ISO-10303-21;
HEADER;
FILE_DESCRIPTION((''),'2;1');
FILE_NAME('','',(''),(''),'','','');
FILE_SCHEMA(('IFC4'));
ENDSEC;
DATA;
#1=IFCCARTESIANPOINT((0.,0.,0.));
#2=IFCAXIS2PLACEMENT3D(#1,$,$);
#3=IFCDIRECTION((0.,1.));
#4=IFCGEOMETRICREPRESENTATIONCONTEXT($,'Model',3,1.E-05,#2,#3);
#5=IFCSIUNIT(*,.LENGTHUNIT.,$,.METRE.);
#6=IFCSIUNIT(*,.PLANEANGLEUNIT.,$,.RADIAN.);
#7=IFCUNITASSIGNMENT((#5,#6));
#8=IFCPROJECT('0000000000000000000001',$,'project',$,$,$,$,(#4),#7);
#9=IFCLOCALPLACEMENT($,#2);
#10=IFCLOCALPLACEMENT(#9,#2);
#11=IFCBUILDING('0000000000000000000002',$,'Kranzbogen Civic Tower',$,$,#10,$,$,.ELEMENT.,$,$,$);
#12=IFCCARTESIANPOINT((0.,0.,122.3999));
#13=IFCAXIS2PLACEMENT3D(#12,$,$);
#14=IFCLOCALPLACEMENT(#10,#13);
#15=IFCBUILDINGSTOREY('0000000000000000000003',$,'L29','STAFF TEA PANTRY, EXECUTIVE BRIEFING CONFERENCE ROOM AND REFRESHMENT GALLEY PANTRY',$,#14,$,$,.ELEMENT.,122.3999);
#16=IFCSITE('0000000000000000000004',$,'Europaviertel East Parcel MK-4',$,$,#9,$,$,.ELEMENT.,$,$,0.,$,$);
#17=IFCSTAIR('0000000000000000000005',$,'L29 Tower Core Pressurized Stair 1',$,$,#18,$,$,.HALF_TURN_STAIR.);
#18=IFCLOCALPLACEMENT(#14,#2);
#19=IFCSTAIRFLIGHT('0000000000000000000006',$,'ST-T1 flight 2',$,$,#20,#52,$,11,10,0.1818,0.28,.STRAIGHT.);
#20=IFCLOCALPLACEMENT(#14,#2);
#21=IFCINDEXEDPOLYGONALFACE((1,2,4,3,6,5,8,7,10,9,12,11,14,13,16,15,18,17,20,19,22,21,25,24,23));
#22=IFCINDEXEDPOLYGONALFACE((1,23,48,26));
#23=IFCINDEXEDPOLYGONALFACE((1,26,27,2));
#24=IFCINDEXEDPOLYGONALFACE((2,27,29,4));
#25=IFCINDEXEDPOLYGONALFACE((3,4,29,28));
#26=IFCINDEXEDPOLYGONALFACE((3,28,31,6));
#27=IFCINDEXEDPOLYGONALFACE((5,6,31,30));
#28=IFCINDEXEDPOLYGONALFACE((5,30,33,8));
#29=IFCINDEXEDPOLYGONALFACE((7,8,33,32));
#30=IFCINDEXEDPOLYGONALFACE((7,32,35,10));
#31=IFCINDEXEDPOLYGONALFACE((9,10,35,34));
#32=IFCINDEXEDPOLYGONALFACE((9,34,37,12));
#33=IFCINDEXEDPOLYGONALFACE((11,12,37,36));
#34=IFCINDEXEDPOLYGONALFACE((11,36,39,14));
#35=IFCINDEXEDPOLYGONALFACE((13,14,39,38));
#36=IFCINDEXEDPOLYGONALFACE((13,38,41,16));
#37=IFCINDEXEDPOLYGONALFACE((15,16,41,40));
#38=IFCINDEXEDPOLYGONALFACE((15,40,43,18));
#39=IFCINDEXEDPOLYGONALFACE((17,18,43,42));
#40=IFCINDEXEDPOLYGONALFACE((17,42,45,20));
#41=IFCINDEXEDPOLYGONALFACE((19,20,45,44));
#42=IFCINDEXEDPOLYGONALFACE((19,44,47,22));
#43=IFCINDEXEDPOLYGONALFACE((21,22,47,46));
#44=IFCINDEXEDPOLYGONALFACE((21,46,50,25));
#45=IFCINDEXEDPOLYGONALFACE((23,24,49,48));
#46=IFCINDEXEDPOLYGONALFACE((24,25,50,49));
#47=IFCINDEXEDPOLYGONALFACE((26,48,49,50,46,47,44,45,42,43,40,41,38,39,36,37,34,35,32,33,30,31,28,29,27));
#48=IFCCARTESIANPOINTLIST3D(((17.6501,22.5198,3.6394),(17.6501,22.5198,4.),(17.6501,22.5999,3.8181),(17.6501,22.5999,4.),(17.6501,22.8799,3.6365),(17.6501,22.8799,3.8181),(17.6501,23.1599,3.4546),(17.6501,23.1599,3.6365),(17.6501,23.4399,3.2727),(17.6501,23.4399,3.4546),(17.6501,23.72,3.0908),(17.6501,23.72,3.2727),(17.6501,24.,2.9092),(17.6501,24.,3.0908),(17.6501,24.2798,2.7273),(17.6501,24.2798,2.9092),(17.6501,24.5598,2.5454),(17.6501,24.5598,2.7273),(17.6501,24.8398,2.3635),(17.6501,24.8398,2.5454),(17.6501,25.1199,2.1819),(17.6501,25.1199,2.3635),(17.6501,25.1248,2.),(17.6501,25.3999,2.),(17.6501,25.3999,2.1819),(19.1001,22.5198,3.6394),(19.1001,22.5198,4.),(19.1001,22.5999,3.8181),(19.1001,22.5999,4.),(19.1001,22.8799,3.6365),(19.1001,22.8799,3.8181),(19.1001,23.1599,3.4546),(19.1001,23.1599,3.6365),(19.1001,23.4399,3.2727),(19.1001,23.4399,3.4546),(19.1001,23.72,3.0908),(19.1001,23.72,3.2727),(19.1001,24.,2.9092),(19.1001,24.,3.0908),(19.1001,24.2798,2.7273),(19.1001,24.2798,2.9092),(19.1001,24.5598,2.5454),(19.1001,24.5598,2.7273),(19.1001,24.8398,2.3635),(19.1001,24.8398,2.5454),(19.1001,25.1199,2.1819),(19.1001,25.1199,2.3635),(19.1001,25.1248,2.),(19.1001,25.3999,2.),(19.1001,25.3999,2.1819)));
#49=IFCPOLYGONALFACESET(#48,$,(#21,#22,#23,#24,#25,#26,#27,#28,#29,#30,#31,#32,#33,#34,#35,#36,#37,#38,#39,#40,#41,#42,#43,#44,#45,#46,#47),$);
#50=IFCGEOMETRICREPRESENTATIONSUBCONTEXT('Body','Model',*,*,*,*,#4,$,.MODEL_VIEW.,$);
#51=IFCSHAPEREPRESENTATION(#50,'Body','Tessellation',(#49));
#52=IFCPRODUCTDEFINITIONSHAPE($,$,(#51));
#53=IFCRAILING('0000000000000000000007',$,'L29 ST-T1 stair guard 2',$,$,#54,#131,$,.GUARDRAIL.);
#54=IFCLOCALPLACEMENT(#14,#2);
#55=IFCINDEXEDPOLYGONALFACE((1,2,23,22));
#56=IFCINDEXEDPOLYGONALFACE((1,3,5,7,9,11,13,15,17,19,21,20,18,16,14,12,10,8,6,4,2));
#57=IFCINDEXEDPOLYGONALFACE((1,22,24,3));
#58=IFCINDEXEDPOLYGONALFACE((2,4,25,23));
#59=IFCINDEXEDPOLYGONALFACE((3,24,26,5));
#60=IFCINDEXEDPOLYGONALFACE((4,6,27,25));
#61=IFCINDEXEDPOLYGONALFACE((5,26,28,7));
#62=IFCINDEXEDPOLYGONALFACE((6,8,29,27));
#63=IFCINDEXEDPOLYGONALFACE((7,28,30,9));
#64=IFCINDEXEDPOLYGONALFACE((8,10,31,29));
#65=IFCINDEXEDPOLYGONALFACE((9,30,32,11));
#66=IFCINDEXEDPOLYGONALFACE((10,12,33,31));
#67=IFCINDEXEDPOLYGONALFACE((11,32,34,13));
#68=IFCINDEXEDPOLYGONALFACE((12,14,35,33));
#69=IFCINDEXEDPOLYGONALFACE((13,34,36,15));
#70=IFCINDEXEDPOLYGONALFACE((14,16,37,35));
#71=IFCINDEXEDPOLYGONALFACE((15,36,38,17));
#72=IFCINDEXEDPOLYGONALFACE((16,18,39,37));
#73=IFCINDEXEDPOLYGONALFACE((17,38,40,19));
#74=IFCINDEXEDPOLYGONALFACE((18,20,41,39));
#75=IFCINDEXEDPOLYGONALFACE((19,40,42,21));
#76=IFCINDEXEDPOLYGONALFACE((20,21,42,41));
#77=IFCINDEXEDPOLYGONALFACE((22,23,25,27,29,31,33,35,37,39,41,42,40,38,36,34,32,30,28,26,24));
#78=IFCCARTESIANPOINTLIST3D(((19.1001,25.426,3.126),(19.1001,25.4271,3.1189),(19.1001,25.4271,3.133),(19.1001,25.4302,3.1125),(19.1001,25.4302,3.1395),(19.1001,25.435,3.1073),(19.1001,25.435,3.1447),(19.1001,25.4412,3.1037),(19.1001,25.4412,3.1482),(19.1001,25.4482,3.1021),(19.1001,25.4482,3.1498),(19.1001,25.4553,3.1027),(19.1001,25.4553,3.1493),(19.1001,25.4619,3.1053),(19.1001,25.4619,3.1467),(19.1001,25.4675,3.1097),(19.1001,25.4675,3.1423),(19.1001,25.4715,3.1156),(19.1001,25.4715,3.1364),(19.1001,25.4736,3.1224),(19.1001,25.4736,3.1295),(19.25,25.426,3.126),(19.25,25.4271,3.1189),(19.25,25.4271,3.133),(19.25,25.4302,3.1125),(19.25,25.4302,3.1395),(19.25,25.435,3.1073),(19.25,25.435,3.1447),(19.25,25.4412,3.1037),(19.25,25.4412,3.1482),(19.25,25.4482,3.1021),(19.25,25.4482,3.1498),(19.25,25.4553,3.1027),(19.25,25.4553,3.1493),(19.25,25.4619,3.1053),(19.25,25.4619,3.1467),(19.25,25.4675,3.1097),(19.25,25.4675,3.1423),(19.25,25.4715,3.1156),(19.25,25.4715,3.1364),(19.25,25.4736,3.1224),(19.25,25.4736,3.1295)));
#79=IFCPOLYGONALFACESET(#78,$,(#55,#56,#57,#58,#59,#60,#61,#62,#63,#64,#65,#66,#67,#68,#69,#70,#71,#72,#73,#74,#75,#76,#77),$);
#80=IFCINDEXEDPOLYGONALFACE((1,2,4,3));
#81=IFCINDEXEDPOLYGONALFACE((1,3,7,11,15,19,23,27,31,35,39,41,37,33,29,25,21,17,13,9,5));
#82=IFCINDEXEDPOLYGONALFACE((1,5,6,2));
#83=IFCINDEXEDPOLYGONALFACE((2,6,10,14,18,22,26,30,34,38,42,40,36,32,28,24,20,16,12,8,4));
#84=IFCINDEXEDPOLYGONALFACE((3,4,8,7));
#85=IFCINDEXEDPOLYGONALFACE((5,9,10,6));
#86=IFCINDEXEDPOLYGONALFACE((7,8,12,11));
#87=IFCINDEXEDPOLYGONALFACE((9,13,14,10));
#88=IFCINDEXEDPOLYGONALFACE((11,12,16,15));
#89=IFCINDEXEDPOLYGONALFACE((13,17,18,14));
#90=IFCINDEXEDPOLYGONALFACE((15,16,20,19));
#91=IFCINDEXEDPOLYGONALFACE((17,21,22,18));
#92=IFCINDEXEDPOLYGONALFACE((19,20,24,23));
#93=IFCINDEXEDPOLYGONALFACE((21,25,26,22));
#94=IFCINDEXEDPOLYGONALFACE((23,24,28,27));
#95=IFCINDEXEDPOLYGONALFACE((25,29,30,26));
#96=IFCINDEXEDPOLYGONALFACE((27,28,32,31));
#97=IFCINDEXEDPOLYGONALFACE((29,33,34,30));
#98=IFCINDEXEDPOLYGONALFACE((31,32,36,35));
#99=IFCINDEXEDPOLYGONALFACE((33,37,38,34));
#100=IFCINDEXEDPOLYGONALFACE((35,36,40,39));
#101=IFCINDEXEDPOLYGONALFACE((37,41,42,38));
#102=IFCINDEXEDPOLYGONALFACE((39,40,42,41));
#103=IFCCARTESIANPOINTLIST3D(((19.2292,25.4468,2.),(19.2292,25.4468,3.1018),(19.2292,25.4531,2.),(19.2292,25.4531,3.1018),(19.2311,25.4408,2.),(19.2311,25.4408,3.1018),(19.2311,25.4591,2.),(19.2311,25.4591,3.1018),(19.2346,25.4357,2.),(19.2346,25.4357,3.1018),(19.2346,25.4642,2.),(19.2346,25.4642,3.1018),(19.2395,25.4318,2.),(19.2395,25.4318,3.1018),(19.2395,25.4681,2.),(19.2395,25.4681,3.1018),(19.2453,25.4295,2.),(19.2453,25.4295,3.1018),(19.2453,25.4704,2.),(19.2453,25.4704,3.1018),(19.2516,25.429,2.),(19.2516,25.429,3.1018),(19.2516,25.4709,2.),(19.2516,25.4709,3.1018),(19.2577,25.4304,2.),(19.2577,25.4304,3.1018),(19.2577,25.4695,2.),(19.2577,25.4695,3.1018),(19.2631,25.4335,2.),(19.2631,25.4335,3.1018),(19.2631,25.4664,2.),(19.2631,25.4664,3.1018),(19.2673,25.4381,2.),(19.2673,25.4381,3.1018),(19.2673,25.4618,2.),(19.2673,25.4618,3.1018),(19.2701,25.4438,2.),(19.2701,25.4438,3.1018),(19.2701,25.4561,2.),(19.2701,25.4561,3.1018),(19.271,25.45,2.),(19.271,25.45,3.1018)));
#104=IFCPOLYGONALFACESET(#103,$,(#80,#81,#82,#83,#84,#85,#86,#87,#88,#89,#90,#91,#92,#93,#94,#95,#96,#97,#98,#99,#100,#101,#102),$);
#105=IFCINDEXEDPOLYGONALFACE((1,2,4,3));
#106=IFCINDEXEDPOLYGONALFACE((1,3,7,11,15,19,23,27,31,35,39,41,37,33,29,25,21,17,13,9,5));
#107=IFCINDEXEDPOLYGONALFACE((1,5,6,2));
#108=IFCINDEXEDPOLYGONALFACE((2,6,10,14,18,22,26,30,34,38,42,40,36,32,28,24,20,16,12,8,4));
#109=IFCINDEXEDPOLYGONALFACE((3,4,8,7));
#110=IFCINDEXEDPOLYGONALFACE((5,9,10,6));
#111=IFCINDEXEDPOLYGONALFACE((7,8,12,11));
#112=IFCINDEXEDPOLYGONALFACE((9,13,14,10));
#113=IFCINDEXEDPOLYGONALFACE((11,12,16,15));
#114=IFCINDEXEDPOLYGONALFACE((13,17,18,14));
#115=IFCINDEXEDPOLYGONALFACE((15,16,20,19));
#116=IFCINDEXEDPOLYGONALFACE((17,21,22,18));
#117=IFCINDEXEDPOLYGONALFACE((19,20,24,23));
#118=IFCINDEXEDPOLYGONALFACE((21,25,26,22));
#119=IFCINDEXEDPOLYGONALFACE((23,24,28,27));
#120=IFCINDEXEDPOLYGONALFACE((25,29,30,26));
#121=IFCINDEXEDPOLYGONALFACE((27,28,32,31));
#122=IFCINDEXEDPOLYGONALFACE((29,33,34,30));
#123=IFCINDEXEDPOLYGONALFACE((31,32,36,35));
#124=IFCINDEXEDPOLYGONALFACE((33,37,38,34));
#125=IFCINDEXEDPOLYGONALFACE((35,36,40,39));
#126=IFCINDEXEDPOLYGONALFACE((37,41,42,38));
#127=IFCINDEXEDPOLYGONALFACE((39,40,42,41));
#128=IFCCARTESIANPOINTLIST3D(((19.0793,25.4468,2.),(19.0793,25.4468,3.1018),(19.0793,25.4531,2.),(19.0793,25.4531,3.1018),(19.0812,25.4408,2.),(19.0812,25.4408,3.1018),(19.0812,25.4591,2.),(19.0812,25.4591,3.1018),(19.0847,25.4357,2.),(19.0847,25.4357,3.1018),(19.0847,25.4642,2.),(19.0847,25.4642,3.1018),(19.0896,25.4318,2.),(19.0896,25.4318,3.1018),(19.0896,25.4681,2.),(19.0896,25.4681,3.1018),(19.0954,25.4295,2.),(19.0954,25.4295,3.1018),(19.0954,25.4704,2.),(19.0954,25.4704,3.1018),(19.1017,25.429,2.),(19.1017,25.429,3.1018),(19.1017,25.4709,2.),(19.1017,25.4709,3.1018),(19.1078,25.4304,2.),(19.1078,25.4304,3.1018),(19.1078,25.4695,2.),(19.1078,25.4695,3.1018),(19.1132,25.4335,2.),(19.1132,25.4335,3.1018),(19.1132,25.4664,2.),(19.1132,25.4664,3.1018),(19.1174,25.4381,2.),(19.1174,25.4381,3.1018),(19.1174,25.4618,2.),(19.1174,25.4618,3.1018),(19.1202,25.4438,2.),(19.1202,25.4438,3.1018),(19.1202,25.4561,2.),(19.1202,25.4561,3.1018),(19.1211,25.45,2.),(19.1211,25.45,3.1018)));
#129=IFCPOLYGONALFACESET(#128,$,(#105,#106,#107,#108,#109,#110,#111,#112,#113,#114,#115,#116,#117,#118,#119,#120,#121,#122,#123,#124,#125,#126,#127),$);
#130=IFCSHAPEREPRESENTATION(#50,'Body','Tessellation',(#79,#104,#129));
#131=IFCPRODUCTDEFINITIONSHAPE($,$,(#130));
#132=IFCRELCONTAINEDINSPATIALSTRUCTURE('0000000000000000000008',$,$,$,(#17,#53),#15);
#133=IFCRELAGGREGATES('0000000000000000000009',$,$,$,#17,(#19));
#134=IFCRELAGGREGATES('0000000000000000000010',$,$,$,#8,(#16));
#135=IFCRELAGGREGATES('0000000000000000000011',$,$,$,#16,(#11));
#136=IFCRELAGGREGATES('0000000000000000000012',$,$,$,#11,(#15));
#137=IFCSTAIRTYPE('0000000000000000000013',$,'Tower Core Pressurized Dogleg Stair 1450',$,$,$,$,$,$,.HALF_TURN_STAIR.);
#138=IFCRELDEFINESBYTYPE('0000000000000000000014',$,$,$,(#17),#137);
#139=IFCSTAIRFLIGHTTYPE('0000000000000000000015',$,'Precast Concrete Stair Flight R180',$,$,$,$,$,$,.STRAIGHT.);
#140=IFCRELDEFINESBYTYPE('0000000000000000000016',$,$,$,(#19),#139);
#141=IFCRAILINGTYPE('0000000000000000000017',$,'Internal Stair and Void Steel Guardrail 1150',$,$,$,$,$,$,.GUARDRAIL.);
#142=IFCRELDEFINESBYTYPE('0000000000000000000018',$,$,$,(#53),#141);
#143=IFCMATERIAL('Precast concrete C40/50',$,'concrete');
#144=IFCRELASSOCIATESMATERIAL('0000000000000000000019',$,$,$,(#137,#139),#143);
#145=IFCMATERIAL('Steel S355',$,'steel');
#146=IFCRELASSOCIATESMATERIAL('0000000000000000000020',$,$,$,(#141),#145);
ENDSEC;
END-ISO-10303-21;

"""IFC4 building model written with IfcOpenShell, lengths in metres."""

from ifc_helpers import new_model, si_unit, direction, frame, origin, origin_2d, place, context, subcontext, project, spatial, polyline, circle, outline, extrude, material, type_object, element, aggregate, save


model = new_model("IFC4")

# Units and contexts
model_context = context("Model", 3, precision=1e-05, world=origin(), true_north=direction((0.0, 1.0)))
body_context = subcontext(model_context, "Body", "Model", "MODEL_VIEW")
ifc_project = project(units=[si_unit("LENGTHUNIT", "METRE"), si_unit("PLANEANGLEUNIT", "RADIAN")], contexts=[model_context])

# Site, building, storey
site_placement = place(None, origin())
site = spatial("IfcSite", under=ifc_project, at=site_placement, Name="Europaviertel East Parcel MK-4", CompositionType="ELEMENT", RefElevation=0.0)
building_placement = place(site_placement, origin())
building = spatial("IfcBuilding", under=site, at=building_placement, Name="Kranzbogen Civic Tower", CompositionType="ELEMENT")
storey_placement = place(building_placement, frame((0.0, 0.0, 122.3999)))
storey = spatial("IfcBuildingStorey", under=building, at=storey_placement, Name="L29", Description="STAFF TEA PANTRY, EXECUTIVE BRIEFING CONFERENCE ROOM AND REFRESHMENT GALLEY PANTRY", CompositionType="ELEMENT", Elevation=122.3999)

# Shared definitions
ifc_material_1 = material(Name="Steel S355", Category="steel")

# Stair, stair flight
ifc_material_2 = material(Name="Precast concrete C40/50", Category="concrete")
stair_type = type_object("IfcStairType", Name="Tower Core Pressurized Dogleg Stair 1450", PredefinedType="HALF_TURN_STAIR", material=ifc_material_2)
stair_placement = place(storey_placement, origin())
stair = element("IfcStair", 1, at=stair_placement, inside=storey, type_object=stair_type, Name="L29 Tower Core Pressurized Stair 1", PredefinedType="HALF_TURN_STAIR")
stair_flight_type = type_object("IfcStairFlightType", Name="Precast Concrete Stair Flight R180", PredefinedType="STRAIGHT", material=ifc_material_2)
stair_flight_placement = place(storey_placement, frame((18.375, 25.3999, 2.0), z_axis=(0.0, 0.0, 1.0), x_axis=(0.0, -1.0, 0.0)))
stair_flight = element("IfcStairFlight", 2, at=stair_flight_placement, type_object=stair_flight_type, Name="ST-T1 flight 2", NumberOfRisers=11, NumberOfTreads=10, PredefinedType="STRAIGHT", RiserHeight=0.1818, TreadLength=0.28, context=body_context, shape_type="SweptSolid", body=[
    extrude(outline(polyline([(0.0, 0.0), (0.0, 0.1819), (0.28, 0.1819), (0.28, 0.3635), (0.5601, 0.3635), (0.5601, 0.5454), (0.8401, 0.5454), (0.8401, 0.7273), (1.1201, 0.7273), (1.1201, 0.9092), (1.3999, 0.9092), (1.3999, 1.0908), (1.6799, 1.0908), (1.6799, 1.2727), (1.96, 1.2727), (1.96, 1.4546), (2.24, 1.4546), (2.24, 1.6365), (2.52, 1.6365), (2.52, 1.8181), (2.8, 1.8181), (2.8, 2.0), (2.8801, 2.0), (2.8801, 1.6394), (0.2751, 0.0), (0.0, 0.0)])), frame((0.0, 0.7251, 0.0), z_axis=(0.0, -1.0, 0.0), x_axis=(1.0, 0.0, 0.0)), (0.0, 0.0, 1.0), 1.45),
])
aggregate(stair, [stair_flight])

# Railing
railing_type_1 = type_object("IfcRailingType", Name="Internal Stair and Void Steel Guardrail 1150", PredefinedType="GUARDRAIL", material=ifc_material_1)
railing_1_placement = place(storey_placement, frame((19.25, 25.45, 2.0)))
element("IfcRailing", 3, at=railing_1_placement, inside=storey, type_object=railing_type_1, Name="L29 ST-T1 stair guard 2", PredefinedType="GUARDRAIL", context=body_context, shape_type="SweptSolid", body=[
    extrude(circle(Radius=0.0239, at=origin_2d()), frame((0.0, 0.0, 1.126), z_axis=(-1.0, 0.0, 0.0), x_axis=(0.0, -1.0, 0.0)), (0.0, 0.0, 1.0), 0.1499),
    extrude(circle(Radius=0.021, at=origin_2d()), origin(), (0.0, 0.0, 1.0), 1.1018),
    extrude(circle(Radius=0.021, at=origin_2d()), frame((-0.1499, 0.0, 0.0)), (0.0, 0.0, 1.0), 1.1018),
])

save(model, "model.ifc")
